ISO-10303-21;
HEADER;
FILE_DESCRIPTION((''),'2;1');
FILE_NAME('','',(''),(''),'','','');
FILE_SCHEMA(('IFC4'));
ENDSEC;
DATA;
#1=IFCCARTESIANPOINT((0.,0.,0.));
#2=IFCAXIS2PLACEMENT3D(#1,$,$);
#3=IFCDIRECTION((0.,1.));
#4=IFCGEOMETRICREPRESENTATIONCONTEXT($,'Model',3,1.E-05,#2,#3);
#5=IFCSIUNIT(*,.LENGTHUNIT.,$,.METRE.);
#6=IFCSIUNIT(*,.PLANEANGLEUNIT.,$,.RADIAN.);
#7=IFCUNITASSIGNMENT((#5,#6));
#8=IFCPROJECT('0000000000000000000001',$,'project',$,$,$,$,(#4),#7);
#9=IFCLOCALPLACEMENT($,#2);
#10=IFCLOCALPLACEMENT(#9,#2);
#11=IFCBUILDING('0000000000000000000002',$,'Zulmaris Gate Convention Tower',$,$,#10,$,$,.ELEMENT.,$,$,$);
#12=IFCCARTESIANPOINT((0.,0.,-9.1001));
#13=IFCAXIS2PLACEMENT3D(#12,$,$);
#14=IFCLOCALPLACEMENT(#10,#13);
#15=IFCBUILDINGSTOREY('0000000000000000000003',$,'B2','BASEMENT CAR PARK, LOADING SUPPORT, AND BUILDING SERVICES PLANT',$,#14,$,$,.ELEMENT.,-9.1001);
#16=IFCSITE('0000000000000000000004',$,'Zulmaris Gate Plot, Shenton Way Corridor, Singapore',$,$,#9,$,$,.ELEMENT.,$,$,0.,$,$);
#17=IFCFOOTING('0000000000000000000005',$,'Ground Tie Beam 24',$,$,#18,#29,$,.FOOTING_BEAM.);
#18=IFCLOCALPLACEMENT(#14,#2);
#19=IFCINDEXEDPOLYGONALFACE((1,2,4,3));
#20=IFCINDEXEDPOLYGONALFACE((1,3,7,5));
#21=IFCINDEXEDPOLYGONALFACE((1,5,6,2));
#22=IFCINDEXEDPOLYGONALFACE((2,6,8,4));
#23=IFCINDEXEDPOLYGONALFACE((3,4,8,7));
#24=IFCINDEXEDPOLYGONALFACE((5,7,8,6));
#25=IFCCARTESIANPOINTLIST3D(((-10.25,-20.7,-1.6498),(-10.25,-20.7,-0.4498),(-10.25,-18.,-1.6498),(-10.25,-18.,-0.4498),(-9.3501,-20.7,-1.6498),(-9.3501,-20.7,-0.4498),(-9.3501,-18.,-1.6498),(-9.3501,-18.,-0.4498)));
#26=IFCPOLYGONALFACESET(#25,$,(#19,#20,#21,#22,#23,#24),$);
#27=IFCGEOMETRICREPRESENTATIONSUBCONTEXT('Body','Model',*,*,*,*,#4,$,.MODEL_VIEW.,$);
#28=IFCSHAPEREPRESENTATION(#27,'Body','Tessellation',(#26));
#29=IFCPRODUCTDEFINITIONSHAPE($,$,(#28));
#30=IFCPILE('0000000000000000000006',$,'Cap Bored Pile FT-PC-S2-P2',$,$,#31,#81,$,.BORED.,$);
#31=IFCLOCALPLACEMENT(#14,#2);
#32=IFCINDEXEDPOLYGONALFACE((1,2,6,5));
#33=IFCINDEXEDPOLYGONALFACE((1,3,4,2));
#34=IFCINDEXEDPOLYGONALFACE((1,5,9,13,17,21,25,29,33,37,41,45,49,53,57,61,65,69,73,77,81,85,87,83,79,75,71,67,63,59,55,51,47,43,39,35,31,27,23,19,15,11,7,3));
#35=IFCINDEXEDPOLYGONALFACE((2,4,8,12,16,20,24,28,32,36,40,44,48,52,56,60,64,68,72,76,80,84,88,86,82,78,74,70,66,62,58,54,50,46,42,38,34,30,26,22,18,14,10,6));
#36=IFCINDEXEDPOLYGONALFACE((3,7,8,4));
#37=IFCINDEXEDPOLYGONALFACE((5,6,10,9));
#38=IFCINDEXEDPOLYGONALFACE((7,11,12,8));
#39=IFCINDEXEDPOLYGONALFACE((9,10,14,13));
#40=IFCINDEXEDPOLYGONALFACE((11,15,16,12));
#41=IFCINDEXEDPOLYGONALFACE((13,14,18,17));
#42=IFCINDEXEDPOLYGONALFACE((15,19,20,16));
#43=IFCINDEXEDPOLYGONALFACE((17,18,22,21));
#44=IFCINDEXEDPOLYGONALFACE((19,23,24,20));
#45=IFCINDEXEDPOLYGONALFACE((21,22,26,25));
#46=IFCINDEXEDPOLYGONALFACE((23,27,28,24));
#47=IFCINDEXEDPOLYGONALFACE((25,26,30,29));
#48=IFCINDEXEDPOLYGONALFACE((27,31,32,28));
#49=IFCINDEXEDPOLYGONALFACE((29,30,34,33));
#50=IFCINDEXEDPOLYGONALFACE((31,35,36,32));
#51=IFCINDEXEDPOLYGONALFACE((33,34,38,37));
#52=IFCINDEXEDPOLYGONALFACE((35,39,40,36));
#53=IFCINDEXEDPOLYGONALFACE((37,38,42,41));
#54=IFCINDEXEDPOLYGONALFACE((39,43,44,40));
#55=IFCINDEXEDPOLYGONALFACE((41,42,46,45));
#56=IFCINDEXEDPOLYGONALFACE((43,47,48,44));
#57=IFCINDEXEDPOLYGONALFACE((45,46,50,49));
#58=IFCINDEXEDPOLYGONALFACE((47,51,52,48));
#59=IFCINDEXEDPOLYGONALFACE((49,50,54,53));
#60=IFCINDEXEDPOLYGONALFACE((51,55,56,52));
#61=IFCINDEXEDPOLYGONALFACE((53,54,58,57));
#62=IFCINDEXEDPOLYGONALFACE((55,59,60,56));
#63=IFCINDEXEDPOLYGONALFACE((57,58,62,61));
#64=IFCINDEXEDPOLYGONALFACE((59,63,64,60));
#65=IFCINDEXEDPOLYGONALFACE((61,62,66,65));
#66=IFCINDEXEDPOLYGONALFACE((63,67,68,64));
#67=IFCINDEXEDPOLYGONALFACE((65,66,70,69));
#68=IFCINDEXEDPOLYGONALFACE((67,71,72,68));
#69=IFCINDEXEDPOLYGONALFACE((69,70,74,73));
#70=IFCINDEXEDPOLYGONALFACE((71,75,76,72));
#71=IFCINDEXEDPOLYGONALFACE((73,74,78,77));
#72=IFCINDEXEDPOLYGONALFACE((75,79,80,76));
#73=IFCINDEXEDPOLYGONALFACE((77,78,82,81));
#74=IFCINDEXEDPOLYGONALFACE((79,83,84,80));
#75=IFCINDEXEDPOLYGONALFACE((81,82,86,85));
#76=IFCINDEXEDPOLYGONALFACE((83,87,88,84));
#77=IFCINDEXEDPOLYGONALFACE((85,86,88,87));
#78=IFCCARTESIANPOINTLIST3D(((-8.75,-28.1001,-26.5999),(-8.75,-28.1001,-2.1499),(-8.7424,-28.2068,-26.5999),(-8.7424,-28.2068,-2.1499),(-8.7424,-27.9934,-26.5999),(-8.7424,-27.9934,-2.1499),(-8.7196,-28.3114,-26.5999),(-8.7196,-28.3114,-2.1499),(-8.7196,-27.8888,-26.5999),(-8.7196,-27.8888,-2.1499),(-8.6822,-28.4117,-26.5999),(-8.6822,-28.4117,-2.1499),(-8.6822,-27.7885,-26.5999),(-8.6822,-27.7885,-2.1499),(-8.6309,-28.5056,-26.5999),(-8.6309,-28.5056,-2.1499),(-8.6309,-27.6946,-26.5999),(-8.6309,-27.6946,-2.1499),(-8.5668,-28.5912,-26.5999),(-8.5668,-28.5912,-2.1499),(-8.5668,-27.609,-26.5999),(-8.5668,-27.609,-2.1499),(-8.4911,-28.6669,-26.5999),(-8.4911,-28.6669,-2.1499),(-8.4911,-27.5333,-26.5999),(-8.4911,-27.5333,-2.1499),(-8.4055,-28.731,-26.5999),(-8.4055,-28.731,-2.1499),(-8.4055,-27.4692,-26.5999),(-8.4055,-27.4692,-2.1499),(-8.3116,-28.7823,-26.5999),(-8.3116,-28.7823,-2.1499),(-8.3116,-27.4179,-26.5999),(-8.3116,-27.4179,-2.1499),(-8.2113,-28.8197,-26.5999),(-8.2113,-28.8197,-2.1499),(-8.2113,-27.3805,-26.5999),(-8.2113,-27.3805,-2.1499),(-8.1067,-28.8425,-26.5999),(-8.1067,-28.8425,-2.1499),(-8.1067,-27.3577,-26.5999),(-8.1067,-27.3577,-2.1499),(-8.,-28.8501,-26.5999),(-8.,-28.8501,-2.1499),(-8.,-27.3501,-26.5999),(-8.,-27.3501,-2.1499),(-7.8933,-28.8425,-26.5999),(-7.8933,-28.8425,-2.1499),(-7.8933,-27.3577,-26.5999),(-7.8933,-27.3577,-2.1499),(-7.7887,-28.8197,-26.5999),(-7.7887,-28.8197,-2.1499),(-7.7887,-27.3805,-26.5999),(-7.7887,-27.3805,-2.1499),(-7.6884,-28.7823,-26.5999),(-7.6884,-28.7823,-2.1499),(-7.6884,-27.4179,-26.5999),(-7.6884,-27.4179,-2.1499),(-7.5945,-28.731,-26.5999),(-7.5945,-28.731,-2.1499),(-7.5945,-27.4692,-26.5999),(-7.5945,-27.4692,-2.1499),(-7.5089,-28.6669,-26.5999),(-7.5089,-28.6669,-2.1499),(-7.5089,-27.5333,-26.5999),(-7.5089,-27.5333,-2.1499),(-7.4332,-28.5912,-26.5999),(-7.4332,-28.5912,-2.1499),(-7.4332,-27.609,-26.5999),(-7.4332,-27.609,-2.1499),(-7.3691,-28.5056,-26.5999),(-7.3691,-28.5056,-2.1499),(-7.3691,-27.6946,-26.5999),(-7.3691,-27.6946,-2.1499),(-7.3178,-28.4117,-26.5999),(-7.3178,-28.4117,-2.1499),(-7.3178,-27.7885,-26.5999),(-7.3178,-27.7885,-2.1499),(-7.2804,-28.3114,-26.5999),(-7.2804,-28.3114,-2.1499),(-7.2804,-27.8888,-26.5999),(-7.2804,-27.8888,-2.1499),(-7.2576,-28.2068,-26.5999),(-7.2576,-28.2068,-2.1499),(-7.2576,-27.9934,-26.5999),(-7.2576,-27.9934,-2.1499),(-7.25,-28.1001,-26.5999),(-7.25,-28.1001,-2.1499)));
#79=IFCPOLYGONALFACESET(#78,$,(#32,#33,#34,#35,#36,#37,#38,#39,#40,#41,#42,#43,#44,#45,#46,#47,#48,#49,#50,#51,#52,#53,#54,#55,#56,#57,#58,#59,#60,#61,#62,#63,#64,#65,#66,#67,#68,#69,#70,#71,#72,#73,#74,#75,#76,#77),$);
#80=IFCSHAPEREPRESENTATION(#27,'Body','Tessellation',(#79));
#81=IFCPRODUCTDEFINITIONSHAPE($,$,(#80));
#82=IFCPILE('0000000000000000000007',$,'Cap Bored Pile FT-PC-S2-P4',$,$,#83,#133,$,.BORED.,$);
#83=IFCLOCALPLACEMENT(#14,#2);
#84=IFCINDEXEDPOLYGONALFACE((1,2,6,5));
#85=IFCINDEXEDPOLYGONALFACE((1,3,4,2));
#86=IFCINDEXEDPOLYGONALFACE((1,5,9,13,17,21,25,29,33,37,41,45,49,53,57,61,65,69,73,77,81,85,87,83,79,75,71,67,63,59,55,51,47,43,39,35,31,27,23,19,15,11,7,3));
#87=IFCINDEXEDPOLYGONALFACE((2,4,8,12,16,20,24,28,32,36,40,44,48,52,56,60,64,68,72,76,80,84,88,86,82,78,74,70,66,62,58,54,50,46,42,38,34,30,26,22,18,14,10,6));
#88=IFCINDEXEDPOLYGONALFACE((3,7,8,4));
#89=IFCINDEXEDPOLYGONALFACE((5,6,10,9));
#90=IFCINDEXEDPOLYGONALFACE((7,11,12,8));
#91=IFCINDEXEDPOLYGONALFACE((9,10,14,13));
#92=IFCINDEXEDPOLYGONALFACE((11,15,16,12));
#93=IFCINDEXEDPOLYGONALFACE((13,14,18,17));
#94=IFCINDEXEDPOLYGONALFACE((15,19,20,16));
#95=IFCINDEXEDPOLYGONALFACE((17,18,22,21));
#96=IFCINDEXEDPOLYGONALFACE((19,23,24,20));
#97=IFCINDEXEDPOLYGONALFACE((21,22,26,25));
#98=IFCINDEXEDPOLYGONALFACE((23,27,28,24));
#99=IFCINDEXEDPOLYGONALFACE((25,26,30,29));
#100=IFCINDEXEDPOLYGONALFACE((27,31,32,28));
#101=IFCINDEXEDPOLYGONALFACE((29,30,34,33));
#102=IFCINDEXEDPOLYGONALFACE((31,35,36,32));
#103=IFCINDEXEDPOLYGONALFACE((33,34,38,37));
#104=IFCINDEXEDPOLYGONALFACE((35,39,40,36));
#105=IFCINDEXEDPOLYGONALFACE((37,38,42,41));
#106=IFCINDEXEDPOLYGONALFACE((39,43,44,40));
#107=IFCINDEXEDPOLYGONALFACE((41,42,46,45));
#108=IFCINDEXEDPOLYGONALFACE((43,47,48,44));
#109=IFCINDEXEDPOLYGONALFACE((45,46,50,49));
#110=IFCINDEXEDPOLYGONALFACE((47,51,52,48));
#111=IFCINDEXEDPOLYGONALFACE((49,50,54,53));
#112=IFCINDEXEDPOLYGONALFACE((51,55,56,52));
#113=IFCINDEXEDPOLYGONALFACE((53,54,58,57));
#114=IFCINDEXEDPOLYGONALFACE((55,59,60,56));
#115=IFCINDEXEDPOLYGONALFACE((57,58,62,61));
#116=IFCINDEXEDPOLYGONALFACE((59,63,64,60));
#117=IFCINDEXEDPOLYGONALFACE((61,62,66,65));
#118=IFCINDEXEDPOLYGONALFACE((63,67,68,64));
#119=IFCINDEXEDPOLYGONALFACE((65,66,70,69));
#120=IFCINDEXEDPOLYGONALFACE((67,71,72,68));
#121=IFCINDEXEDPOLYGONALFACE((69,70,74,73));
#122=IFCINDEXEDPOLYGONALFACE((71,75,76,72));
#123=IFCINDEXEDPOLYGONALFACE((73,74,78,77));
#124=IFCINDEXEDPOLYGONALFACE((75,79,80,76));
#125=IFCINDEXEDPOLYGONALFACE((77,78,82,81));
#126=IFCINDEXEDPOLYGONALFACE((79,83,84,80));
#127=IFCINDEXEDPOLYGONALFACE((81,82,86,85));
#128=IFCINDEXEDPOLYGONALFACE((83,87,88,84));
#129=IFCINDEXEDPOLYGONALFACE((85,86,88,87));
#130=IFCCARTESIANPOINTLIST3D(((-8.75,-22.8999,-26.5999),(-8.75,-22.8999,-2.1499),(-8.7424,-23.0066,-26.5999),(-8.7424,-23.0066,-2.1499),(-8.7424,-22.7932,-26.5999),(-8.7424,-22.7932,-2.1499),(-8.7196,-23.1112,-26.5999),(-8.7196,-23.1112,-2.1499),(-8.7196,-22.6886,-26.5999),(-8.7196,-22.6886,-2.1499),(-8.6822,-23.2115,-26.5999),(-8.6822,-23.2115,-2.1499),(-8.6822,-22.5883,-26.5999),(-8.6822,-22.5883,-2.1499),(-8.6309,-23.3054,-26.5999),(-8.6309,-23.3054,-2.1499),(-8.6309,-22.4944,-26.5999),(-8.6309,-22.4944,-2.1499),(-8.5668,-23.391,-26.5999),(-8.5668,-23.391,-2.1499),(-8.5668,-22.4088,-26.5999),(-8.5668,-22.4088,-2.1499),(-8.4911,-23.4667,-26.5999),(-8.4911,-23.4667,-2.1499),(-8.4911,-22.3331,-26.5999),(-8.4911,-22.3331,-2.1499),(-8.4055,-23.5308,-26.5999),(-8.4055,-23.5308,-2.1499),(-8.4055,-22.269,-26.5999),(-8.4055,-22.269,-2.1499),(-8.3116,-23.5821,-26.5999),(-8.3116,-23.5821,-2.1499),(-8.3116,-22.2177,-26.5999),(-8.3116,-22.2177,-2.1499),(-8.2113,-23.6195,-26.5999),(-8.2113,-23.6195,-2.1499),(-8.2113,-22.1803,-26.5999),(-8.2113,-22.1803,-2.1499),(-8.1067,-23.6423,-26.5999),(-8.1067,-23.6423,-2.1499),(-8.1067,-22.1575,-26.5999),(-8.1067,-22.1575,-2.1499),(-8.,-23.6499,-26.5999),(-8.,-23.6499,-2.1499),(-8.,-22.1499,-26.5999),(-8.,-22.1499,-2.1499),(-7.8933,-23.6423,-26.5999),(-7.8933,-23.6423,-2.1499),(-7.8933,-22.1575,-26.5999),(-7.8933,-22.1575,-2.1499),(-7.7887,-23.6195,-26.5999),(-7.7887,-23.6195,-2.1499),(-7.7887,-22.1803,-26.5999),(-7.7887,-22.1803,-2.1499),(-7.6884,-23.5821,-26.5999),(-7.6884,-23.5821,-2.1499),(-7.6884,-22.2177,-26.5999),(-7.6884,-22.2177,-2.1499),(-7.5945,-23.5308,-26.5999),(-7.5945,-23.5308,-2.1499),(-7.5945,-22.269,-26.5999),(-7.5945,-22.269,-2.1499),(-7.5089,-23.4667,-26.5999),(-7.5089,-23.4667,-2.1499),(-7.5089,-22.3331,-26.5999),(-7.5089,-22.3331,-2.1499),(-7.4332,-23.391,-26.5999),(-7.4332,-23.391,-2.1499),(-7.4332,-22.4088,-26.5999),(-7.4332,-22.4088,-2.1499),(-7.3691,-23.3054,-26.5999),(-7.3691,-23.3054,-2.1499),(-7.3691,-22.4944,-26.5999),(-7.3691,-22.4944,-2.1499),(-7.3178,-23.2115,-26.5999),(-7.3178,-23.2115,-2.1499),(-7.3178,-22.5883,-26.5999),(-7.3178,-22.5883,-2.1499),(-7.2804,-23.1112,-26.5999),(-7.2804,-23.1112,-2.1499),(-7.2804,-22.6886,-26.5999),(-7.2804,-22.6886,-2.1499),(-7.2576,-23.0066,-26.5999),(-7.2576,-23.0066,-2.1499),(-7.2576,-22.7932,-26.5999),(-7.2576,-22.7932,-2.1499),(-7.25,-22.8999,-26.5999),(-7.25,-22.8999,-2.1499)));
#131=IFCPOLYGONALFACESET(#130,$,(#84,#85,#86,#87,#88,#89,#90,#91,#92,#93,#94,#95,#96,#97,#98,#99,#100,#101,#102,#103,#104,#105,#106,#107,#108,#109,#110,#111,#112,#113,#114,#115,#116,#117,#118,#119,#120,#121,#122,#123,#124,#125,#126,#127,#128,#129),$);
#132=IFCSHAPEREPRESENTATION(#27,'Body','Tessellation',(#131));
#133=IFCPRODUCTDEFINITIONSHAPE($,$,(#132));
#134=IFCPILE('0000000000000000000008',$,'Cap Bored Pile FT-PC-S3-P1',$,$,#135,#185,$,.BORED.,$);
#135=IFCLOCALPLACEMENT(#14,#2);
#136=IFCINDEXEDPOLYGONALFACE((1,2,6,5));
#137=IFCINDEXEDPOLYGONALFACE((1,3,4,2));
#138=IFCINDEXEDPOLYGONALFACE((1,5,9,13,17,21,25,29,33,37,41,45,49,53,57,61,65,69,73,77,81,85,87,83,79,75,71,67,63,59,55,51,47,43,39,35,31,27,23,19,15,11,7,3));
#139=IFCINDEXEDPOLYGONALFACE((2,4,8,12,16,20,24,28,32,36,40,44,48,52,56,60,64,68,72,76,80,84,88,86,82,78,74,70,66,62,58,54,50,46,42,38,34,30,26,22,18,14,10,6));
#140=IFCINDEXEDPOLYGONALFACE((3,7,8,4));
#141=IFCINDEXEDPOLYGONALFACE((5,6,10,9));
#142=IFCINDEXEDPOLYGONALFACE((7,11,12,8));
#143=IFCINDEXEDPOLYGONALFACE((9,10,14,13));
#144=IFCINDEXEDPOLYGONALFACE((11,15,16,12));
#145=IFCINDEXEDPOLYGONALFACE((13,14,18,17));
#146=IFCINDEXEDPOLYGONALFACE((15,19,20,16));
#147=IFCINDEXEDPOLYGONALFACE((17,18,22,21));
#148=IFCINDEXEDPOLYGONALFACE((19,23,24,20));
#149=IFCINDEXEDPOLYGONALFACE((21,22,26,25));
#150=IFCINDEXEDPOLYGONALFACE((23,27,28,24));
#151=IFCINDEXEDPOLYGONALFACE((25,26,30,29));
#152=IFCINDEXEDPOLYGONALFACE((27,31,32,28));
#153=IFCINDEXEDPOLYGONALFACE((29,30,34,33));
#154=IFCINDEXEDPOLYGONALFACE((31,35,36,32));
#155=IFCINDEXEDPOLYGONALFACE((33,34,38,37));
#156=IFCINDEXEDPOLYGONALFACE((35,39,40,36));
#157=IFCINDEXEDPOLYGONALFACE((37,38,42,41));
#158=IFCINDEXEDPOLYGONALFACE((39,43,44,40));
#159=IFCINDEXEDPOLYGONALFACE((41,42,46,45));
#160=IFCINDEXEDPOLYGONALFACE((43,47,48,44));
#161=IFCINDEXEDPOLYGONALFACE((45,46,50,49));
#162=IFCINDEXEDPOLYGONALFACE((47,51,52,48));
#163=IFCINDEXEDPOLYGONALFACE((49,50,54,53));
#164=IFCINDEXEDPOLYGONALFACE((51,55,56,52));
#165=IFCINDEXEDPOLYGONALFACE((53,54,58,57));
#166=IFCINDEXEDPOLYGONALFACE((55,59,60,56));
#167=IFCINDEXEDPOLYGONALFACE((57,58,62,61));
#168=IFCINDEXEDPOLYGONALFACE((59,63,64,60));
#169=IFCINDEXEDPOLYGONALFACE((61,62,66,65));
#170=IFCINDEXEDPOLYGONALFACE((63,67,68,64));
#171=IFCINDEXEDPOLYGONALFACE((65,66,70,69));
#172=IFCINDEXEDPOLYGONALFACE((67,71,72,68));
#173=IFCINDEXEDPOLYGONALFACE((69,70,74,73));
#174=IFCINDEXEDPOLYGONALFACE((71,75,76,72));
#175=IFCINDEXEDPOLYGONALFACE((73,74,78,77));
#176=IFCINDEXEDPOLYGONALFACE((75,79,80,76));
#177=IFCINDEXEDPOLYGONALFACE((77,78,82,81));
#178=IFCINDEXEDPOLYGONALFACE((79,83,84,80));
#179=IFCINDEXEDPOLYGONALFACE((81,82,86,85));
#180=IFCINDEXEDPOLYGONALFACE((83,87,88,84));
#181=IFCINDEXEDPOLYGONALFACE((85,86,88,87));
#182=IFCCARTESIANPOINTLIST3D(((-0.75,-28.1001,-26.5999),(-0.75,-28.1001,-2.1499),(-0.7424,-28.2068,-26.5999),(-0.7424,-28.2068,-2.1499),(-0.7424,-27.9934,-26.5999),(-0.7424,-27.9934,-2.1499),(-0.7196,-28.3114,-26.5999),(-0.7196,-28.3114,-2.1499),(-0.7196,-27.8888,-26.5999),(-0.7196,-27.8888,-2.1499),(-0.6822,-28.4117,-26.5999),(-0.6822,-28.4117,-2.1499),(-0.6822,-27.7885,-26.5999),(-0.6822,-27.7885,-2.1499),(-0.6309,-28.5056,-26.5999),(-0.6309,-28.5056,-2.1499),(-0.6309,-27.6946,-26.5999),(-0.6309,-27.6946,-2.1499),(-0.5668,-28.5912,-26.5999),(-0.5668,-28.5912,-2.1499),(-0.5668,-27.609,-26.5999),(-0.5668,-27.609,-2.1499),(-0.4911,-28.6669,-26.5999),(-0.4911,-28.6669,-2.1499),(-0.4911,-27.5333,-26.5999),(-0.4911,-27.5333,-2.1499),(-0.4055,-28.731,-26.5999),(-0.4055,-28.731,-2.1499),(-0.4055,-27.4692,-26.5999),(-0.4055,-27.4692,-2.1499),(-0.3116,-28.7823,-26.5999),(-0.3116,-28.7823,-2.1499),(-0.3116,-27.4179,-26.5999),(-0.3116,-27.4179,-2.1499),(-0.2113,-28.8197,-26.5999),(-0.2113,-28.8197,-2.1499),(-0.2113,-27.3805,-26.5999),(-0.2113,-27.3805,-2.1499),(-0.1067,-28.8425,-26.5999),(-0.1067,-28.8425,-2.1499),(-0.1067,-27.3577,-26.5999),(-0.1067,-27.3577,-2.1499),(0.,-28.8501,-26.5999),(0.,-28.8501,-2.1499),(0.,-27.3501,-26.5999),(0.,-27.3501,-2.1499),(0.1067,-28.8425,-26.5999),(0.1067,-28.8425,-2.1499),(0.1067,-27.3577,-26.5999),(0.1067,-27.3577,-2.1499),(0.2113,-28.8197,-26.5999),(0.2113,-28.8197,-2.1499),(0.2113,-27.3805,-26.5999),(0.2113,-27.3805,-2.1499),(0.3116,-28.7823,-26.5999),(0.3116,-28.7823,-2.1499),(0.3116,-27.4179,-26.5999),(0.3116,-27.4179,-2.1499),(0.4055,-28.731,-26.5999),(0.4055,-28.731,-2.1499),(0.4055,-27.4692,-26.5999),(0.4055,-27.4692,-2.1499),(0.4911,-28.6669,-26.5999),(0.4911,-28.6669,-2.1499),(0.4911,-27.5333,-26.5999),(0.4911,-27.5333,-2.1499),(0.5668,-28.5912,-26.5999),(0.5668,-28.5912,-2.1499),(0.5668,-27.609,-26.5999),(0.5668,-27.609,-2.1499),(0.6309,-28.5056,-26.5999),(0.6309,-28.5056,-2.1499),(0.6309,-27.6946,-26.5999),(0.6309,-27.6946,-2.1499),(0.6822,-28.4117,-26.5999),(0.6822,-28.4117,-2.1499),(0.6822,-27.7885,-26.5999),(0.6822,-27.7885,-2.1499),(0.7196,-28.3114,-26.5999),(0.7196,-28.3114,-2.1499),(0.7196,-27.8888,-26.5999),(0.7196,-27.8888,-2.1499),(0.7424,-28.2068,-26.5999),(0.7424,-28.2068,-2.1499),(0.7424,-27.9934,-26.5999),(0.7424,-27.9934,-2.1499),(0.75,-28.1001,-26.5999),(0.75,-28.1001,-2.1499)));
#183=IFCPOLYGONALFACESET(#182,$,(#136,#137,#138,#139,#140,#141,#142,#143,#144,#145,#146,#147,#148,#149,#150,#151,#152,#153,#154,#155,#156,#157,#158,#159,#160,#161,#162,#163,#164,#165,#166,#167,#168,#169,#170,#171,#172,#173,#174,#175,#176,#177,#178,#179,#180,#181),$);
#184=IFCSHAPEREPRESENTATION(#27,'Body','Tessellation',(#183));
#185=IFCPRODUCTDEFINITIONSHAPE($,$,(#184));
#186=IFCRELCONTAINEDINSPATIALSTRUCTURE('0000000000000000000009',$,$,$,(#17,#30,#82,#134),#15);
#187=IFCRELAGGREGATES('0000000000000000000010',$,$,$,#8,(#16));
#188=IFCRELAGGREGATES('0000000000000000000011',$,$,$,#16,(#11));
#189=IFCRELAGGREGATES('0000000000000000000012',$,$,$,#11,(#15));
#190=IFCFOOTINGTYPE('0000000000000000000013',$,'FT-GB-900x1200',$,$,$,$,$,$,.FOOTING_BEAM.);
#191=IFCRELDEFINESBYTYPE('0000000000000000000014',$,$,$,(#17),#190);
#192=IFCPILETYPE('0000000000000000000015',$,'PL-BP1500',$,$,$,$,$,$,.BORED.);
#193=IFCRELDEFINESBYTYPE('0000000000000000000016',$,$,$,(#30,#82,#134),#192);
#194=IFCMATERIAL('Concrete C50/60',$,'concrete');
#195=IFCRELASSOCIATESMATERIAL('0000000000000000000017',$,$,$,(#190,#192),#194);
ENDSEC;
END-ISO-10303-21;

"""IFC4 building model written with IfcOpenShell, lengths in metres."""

from ifc_helpers import new_model, si_unit, direction, frame, origin, origin_2d, place, context, subcontext, project, spatial, rectangle, circle, extrude, material, material_profile, profile_set, type_object, element, save


model = new_model("IFC4")

# Units and contexts
model_context = context("Model", 3, precision=1e-05, world=origin(), true_north=direction((0.0, 1.0)))
body_context = subcontext(model_context, "Body", "Model", "MODEL_VIEW")
ifc_project = project(units=[si_unit("LENGTHUNIT", "METRE"), si_unit("PLANEANGLEUNIT", "RADIAN")], contexts=[model_context])

# Site, building, storey
site_placement = place(None, origin())
site = spatial("IfcSite", under=ifc_project, at=site_placement, Name="Zulmaris Gate Plot, Shenton Way Corridor, Singapore", CompositionType="ELEMENT", RefElevation=0.0)
building_placement = place(site_placement, origin())
building = spatial("IfcBuilding", under=site, at=building_placement, Name="Zulmaris Gate Convention Tower", CompositionType="ELEMENT")
storey_placement = place(building_placement, frame((0.0, 0.0, -9.1001)))
storey = spatial("IfcBuildingStorey", under=building, at=storey_placement, Name="B2", Description="BASEMENT CAR PARK, LOADING SUPPORT, AND BUILDING SERVICES PLANT", CompositionType="ELEMENT", Elevation=-9.1001)

# Footing
ifc_material_1 = material(Name="Concrete C50/60", Category="concrete")
ifc_material_profile_1 = material_profile(ifc_material_1, rectangle(XDim=0.8999, YDim=1.2, at=origin_2d()), Name="RC TIE 900x1200")
ifc_profile_set_1 = profile_set([ifc_material_profile_1], Name="Concrete C50/60")
footing_type = type_object("IfcFootingType", Name="FT-GB-900x1200", PredefinedType="FOOTING_BEAM", material=ifc_profile_set_1)
footing_placement = place(storey_placement, frame((-9.8, -20.7, -1.0498), z_axis=(0.0, 1.0, 0.0), x_axis=(-1.0, 0.0, 0.0)))
element("IfcFooting", 1, at=footing_placement, inside=storey, type_object=footing_type, Name="Ground Tie Beam 24", PredefinedType="FOOTING_BEAM", context=body_context, shape_type="SweptSolid", body=[
    extrude(rectangle(XDim=0.8999, YDim=1.2, at=origin_2d()), origin(), (0.0, 0.0, 1.0), 2.7),
])

# Piles
ifc_material_profile_2 = material_profile(ifc_material_1, circle(Radius=0.75, at=origin_2d()), Name="BORED PILE 1500")
ifc_profile_set_2 = profile_set([ifc_material_profile_2], Name="Concrete C50/60")
pile_type_1 = type_object("IfcPileType", Name="PL-BP1500", PredefinedType="BORED", material=ifc_profile_set_2)
for number, where, z_axis, x_axis, name in (
    (2, (-8.0, -28.1001, -2.1499), (0.0, 0.0, -1.0), (1.0, 0.0, 0.0), "Cap Bored Pile FT-PC-S2-P2"),
    (3, (-8.0, -22.8999, -2.1499), (0.0, 0.0, -1.0), (1.0, 0.0, 0.0), "Cap Bored Pile FT-PC-S2-P4"),
    (4, (0.0, -28.1001, -2.1499), (0.0, 0.0, -1.0), (1.0, 0.0, 0.0), "Cap Bored Pile FT-PC-S3-P1"),
):
    element("IfcPile", number, at=place(storey_placement, frame(where, z_axis=z_axis, x_axis=x_axis)), inside=storey, type_object=pile_type_1, Name=name, PredefinedType="BORED", context=body_context, shape_type="SweptSolid", body=[
        extrude(circle(Radius=0.75, at=origin_2d()), origin(), (0.0, 0.0, 1.0), 24.45),
    ])

save(model, "model.ifc")
